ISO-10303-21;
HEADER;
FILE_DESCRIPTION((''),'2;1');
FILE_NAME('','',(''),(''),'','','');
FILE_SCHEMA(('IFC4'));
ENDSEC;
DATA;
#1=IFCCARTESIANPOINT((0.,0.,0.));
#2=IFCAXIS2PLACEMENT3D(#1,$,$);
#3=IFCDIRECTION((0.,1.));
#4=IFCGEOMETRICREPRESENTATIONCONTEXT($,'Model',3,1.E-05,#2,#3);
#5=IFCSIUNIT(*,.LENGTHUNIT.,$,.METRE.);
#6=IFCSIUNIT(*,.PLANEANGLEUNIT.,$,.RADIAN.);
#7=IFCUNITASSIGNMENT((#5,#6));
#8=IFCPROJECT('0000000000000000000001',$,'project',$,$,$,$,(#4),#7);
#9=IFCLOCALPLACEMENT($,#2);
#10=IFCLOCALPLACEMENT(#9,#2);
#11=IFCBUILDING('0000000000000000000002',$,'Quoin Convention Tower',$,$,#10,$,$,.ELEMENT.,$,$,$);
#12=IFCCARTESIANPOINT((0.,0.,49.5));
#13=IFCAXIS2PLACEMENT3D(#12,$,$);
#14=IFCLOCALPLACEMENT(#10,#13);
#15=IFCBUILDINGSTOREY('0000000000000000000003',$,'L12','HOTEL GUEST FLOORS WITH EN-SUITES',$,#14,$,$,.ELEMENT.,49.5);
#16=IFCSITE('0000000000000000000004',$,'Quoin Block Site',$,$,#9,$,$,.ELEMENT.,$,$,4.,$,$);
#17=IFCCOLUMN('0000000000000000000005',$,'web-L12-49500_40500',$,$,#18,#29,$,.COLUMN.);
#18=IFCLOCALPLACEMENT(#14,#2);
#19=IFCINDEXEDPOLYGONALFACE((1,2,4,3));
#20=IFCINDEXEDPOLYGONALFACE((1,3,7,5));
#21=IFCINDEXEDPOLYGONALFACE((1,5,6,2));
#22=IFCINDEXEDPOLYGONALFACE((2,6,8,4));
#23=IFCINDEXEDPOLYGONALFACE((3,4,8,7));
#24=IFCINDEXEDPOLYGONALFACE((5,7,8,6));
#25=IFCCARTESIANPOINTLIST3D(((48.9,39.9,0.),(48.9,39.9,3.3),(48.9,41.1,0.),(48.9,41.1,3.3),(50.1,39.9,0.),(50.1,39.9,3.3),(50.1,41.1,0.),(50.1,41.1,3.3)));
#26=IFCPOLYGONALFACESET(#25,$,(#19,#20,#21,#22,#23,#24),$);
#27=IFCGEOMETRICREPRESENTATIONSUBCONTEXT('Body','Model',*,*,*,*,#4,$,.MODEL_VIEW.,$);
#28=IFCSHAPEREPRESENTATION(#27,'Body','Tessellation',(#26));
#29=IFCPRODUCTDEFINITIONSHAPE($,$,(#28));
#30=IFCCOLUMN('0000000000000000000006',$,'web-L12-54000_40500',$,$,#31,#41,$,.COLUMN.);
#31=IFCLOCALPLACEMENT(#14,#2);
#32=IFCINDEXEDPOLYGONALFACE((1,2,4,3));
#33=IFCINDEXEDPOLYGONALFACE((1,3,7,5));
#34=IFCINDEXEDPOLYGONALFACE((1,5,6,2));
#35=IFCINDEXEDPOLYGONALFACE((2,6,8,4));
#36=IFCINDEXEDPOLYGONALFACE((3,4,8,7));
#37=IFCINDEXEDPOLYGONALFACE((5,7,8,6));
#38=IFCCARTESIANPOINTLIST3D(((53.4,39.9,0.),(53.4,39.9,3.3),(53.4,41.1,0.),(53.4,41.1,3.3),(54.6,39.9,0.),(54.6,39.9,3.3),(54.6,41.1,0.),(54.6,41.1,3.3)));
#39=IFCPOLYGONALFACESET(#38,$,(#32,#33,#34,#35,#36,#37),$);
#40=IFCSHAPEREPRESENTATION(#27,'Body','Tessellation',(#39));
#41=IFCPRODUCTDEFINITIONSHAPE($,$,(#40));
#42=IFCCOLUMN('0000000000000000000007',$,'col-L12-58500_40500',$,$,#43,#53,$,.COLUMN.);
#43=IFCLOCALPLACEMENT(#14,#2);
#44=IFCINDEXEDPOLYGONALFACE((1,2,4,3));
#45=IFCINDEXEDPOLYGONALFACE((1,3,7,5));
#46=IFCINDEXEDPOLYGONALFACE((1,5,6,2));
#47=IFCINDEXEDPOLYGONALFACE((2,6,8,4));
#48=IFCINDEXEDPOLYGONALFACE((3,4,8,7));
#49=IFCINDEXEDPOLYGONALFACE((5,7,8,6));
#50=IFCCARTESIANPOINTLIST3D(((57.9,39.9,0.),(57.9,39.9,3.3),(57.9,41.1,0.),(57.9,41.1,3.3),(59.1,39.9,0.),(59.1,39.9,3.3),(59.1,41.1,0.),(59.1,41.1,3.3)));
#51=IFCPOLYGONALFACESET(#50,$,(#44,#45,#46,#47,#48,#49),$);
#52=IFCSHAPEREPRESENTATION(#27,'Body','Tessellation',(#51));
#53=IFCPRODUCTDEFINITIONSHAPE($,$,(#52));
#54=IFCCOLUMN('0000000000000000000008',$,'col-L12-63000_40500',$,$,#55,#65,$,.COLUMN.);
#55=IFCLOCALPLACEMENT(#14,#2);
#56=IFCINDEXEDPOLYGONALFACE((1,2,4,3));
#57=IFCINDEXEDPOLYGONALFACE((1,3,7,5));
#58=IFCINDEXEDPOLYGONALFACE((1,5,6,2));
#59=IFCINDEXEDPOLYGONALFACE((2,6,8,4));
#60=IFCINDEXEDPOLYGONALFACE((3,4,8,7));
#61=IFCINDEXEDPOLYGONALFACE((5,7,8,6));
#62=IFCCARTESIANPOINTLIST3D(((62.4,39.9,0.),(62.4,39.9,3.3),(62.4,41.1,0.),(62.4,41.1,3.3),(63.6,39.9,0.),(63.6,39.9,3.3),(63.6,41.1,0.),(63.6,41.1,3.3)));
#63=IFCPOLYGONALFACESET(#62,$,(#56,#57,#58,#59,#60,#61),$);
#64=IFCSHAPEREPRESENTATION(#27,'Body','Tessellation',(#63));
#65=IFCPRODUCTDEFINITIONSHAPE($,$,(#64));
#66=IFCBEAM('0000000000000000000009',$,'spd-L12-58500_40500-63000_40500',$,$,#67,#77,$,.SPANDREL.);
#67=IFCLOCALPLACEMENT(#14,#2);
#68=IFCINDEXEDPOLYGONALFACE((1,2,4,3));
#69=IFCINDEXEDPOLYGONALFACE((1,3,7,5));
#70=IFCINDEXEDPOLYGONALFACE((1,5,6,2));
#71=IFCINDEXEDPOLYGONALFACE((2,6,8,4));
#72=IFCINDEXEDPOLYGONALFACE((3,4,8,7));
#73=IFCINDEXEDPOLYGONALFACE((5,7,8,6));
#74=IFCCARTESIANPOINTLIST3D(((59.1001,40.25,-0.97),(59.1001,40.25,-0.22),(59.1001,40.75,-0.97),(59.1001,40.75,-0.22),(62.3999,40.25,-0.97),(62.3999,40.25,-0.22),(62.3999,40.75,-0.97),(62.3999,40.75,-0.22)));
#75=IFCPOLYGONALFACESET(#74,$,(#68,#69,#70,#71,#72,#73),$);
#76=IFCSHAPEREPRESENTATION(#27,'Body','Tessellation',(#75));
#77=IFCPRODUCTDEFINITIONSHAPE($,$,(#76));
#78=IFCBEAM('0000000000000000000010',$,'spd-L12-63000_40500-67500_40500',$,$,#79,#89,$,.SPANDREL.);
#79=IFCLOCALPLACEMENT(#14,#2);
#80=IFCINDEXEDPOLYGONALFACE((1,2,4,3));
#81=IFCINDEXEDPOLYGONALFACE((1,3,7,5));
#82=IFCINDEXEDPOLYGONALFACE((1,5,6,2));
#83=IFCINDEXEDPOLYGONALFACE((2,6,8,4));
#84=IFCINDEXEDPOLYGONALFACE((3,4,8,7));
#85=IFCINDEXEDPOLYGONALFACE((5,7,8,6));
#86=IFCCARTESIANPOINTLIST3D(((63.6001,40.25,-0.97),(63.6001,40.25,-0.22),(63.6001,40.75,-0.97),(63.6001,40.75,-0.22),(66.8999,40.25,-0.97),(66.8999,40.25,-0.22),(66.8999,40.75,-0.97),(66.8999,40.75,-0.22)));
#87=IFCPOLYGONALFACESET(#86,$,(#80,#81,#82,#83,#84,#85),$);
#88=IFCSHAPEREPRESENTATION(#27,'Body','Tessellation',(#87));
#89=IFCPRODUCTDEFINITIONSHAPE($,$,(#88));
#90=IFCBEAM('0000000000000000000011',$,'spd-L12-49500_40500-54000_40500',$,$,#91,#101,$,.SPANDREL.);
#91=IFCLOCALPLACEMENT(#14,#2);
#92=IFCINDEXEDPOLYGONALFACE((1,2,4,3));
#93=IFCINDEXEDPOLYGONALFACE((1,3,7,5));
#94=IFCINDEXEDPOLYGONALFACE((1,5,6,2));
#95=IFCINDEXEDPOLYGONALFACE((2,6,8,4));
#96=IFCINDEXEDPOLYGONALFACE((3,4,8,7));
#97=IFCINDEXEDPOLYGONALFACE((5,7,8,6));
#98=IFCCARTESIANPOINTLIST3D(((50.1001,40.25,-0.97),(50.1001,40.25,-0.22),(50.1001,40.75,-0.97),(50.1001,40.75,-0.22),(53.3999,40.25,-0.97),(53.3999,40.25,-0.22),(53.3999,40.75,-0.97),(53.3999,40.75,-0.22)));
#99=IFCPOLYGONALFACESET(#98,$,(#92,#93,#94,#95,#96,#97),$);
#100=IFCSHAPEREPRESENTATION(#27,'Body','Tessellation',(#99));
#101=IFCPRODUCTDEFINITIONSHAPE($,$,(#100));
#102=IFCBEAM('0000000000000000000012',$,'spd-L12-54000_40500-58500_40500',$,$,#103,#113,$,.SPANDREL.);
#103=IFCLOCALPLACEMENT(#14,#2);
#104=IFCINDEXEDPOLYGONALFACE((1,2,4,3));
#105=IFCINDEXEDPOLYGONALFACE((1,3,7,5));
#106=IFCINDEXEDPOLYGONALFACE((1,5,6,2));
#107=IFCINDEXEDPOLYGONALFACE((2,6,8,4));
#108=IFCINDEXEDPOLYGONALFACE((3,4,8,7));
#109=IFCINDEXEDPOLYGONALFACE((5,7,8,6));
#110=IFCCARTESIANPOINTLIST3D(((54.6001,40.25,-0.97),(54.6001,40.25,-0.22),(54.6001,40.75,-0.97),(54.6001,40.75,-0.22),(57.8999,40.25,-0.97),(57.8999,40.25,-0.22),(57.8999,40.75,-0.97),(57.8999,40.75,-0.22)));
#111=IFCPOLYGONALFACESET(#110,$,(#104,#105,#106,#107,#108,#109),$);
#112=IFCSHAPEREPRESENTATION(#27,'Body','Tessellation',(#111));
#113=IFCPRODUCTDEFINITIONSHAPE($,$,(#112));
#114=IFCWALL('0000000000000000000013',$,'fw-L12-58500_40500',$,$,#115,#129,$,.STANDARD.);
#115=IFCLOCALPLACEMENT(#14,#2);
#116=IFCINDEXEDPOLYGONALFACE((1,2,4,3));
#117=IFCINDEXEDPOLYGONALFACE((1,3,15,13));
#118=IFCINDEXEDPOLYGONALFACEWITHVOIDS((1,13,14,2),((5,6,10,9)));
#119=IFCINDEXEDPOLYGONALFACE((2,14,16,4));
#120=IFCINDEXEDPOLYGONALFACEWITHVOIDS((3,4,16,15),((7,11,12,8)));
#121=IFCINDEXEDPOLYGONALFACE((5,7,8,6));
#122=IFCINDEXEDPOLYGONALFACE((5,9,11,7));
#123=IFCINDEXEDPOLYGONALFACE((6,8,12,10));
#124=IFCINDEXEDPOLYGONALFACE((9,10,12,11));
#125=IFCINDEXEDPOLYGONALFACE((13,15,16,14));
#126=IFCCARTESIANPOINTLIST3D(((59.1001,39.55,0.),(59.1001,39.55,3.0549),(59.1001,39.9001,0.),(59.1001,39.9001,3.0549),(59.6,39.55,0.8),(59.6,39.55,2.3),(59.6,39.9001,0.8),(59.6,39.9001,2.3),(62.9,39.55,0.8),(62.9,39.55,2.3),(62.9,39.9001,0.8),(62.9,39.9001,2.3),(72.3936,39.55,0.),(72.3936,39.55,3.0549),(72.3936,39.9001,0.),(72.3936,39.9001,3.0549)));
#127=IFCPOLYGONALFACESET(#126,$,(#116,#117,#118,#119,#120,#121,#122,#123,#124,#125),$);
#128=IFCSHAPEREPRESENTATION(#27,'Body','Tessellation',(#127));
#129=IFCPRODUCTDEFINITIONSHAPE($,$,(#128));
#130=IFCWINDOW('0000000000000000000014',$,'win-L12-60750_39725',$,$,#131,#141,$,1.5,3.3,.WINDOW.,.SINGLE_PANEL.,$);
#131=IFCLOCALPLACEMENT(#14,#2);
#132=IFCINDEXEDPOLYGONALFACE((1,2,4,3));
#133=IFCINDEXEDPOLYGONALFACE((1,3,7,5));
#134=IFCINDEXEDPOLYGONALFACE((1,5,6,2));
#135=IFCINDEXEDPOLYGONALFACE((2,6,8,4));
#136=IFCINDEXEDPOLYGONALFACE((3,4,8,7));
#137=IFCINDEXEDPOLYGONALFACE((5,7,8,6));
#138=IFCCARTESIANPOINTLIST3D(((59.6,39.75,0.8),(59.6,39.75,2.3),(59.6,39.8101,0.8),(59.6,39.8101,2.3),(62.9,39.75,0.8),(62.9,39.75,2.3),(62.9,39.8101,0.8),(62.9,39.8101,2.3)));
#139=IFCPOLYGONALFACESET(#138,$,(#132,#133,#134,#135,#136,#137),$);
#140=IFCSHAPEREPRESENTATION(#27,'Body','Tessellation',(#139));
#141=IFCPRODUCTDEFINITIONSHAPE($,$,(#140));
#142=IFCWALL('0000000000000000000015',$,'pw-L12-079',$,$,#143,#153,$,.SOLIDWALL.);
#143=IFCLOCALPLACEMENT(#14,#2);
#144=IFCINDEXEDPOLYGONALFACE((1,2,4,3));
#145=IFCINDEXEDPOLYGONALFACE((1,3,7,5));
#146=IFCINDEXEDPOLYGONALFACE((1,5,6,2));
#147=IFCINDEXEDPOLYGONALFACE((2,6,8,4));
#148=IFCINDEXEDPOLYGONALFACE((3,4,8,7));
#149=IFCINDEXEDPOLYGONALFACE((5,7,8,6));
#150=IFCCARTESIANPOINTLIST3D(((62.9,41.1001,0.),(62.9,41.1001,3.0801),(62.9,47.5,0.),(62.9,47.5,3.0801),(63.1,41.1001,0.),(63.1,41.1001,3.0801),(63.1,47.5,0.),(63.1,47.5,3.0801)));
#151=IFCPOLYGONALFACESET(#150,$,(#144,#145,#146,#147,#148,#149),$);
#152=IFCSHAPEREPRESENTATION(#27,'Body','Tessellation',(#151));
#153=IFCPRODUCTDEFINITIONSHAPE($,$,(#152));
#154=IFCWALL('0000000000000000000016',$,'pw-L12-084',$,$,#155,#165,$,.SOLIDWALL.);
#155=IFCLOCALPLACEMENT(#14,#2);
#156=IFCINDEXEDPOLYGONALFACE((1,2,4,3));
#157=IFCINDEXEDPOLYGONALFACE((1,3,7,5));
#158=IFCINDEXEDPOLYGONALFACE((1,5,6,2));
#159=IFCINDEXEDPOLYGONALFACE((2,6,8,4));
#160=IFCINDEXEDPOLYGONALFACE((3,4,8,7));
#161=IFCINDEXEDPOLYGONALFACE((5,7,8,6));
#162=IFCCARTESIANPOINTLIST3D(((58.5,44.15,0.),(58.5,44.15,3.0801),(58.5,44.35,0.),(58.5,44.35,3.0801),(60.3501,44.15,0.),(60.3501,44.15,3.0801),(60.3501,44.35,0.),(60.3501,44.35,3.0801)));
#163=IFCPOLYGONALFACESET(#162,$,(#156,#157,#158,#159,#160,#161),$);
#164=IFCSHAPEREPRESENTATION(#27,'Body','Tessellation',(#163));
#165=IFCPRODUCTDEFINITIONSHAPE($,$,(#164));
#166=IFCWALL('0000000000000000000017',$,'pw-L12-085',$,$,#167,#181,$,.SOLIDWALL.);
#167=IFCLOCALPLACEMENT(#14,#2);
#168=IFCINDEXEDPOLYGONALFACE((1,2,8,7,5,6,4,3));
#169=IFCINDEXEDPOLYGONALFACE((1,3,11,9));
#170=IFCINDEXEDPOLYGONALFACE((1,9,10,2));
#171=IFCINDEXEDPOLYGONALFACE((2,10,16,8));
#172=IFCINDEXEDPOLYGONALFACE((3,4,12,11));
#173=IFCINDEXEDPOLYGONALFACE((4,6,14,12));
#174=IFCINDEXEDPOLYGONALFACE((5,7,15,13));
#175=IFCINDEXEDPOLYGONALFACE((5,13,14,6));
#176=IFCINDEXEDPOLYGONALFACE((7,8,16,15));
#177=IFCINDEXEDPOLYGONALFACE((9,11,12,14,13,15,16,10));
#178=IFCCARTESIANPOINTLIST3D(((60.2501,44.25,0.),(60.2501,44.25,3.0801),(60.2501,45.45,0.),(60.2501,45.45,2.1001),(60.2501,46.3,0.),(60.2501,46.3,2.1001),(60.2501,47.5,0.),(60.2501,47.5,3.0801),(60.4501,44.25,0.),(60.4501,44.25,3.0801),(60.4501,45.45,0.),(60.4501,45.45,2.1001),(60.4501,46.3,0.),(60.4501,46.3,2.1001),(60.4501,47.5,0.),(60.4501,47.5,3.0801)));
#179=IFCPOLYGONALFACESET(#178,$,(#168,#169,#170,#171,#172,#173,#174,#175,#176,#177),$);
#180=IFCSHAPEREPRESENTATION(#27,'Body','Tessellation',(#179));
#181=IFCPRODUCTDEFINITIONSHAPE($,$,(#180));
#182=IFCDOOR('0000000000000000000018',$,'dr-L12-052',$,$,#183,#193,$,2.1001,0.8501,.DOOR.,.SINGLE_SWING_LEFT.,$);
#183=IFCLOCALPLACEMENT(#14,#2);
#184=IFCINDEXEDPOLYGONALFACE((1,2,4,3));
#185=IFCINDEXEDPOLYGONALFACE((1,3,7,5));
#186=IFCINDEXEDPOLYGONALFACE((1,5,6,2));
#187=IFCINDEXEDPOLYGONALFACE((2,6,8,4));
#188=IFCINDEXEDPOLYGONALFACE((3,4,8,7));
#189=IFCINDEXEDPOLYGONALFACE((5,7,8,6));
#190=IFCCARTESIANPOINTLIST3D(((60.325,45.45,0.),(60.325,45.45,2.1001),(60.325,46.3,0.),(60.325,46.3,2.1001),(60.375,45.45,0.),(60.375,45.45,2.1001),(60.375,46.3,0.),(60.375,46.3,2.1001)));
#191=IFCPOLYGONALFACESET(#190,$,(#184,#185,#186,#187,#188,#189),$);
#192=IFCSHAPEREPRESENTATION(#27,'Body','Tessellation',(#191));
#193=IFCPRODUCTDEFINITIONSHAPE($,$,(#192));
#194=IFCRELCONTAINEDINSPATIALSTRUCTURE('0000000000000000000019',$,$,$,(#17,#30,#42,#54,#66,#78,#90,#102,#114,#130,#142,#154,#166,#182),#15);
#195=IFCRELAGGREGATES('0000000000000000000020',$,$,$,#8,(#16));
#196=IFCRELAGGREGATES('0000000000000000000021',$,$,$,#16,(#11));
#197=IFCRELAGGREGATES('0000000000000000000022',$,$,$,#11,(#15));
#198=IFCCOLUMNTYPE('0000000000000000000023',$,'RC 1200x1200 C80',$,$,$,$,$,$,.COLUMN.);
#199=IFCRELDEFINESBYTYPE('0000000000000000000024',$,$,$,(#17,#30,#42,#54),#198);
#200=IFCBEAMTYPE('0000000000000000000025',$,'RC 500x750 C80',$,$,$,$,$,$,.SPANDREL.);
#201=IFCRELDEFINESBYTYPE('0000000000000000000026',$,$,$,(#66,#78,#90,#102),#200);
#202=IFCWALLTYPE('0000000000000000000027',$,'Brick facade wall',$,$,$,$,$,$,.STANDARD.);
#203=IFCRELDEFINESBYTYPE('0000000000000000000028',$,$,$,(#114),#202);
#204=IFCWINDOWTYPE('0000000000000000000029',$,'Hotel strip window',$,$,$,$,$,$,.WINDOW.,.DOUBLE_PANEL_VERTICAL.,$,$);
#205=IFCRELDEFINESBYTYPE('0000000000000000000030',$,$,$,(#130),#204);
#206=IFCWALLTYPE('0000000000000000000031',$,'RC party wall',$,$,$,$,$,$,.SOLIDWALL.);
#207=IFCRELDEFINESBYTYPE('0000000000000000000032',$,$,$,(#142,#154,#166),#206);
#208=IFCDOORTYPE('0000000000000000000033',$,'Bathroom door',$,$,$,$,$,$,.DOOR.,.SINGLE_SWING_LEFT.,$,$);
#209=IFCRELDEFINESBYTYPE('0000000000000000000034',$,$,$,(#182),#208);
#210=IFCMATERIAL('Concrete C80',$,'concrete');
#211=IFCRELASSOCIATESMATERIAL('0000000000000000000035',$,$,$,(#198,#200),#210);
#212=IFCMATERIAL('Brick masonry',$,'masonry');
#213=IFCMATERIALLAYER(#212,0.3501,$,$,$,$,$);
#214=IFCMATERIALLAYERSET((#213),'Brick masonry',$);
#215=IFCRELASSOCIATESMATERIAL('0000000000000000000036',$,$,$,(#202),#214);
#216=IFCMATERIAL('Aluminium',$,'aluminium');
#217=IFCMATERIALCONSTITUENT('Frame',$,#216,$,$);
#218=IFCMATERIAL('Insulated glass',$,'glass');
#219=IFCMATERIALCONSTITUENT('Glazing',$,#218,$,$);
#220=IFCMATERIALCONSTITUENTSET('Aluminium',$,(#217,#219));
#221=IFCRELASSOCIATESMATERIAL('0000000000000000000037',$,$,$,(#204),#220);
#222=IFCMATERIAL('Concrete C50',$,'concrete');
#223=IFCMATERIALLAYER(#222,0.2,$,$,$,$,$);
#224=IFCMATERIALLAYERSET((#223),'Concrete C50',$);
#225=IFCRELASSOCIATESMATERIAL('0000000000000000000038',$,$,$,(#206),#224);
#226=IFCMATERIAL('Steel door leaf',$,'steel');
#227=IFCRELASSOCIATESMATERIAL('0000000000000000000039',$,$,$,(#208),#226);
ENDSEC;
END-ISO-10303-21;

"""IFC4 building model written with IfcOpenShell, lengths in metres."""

from ifc_helpers import new_model, si_unit, direction, frame, frame_2d, origin, origin_2d, place, context, subcontext, project, spatial, rectangle, extrude, material, layer, layer_set, constituent, constituent_set, material_profile, profile_set, type_object, element, fill, save


model = new_model("IFC4")

# Units and contexts
model_context = context("Model", 3, precision=1e-05, world=origin(), true_north=direction((0.0, 1.0)))
body_context = subcontext(model_context, "Body", "Model", "MODEL_VIEW")
ifc_project = project(units=[si_unit("LENGTHUNIT", "METRE"), si_unit("PLANEANGLEUNIT", "RADIAN")], contexts=[model_context])

# Site, building, storey
site_placement = place(None, origin())
site = spatial("IfcSite", under=ifc_project, at=site_placement, Name="Quoin Block Site", CompositionType="ELEMENT", RefElevation=4.0)
building_placement = place(site_placement, origin())
building = spatial("IfcBuilding", under=site, at=building_placement, Name="Quoin Convention Tower", CompositionType="ELEMENT")
storey_placement = place(building_placement, frame((0.0, 0.0, 49.5)))
storey = spatial("IfcBuildingStorey", under=building, at=storey_placement, Name="L12", Description="HOTEL GUEST FLOORS WITH EN-SUITES", CompositionType="ELEMENT", Elevation=49.5)

# Columns
ifc_material_1 = material(Name="Concrete C80", Category="concrete")
ifc_material_profile_1 = material_profile(ifc_material_1, rectangle(XDim=1.2, YDim=1.2, at=origin_2d()), Name="RC 1200x1200")
ifc_profile_set_1 = profile_set([ifc_material_profile_1], Name="Concrete C80")
column_type = type_object("IfcColumnType", Name="RC 1200x1200 C80", PredefinedType="COLUMN", material=ifc_profile_set_1)
for number, where, z_axis, x_axis, name in (
    (1, (49.5, 40.5, 0.0), (0.0, 0.0, 1.0), (1.0, 0.0, 0.0), "web-L12-49500_40500"),
    (2, (54.0, 40.5, 0.0), (0.0, 0.0, 1.0), (1.0, 0.0, 0.0), "web-L12-54000_40500"),
    (3, (58.5, 40.5, 0.0), (0.0, 0.0, 1.0), (1.0, 0.0, 0.0), "col-L12-58500_40500"),
    (4, (63.0, 40.5, 0.0), (0.0, 0.0, 1.0), (1.0, 0.0, 0.0), "col-L12-63000_40500"),
):
    element("IfcColumn", number, at=place(storey_placement, frame(where, z_axis=z_axis, x_axis=x_axis)), inside=storey, type_object=column_type, Name=name, PredefinedType="COLUMN", context=body_context, shape_type="SweptSolid", body=[
        extrude(rectangle(XDim=1.2, YDim=1.2, at=origin_2d()), origin(), (0.0, 0.0, 1.0), 3.3),
    ])

# Beams
ifc_material_profile_2 = material_profile(ifc_material_1, rectangle(XDim=0.5, YDim=0.75, at=origin_2d()), Name="RC 500x750")
ifc_profile_set_2 = profile_set([ifc_material_profile_2], Name="Concrete C80")
beam_type = type_object("IfcBeamType", Name="RC 500x750 C80", PredefinedType="SPANDREL", material=ifc_profile_set_2)
for number, where, z_axis, x_axis, name in (
    (5, (59.1001, 40.5, -0.595), (1.0, 0.0, 0.0), (0.0, 1.0, 0.0), "spd-L12-58500_40500-63000_40500"),
    (6, (63.6001, 40.5, -0.595), (1.0, 0.0, 0.0), (0.0, 1.0, 0.0), "spd-L12-63000_40500-67500_40500"),
    (7, (50.1001, 40.5, -0.595), (1.0, 0.0, 0.0), (0.0, 1.0, 0.0), "spd-L12-49500_40500-54000_40500"),
    (8, (54.6001, 40.5, -0.595), (1.0, 0.0, 0.0), (0.0, 1.0, 0.0), "spd-L12-54000_40500-58500_40500"),
):
    element("IfcBeam", number, at=place(storey_placement, frame(where, z_axis=z_axis, x_axis=x_axis)), inside=storey, type_object=beam_type, Name=name, PredefinedType="SPANDREL", context=body_context, shape_type="SweptSolid", body=[
        extrude(rectangle(XDim=0.5, YDim=0.75, at=origin_2d()), origin(), (0.0, 0.0, 1.0), 3.2998),
    ])

# Wall, opening, window
ifc_material_2 = material(Name="Brick masonry", Category="masonry")
ifc_layer_1 = layer(ifc_material_2, 0.3501)
ifc_layer_set_1 = layer_set([ifc_layer_1], Name="Brick masonry")
wall_type_1 = type_object("IfcWallType", Name="Brick facade wall", PredefinedType="STANDARD", material=ifc_layer_set_1)
wall_1_placement = place(storey_placement, frame((59.1001, 39.7251, 0.0), z_axis=(0.0, 0.0, 1.0), x_axis=(1.0, 0.0, 0.0)))
wall_1 = element("IfcWall", 9, at=wall_1_placement, inside=storey, type_object=wall_type_1, Name="fw-L12-58500_40500", PredefinedType="STANDARD", context=body_context, shape_type="SweptSolid", body=[
    extrude(rectangle(XDim=13.2935, YDim=0.3501, at=frame_2d((6.6467, 0.0))), origin(), (0.0, 0.0, 1.0), 3.0549),
])
opening_1_placement = place(wall_1_placement, frame((0.5, 0.0, 0.8)))
opening_1 = element("IfcOpeningElement", 10, at=opening_1_placement, cuts=wall_1, PredefinedType="OPENING", context=body_context, shape_type="SweptSolid", body=[
    extrude(rectangle(XDim=3.3, YDim=1.5, at=frame_2d((1.6499, 0.75))), frame((0.0, 0.1851, 0.0), z_axis=(0.0, -1.0, 0.0), x_axis=(1.0, 0.0, 0.0)), (0.0, 0.0, 1.0), 0.3701),
])
ifc_material_3 = material(Name="Aluminium", Category="aluminium")
ifc_constituent_1 = constituent(ifc_material_3, Name="Frame")
ifc_material_4 = material(Name="Insulated glass", Category="glass")
ifc_constituent_2 = constituent(ifc_material_4, Name="Glazing")
ifc_constituent_set = constituent_set(constituents=[ifc_constituent_1, ifc_constituent_2], Name="Aluminium")
window_type = type_object("IfcWindowType", Name="Hotel strip window", PartitioningType="DOUBLE_PANEL_VERTICAL", PredefinedType="WINDOW", material=ifc_constituent_set)
window_placement = place(opening_1_placement, origin())
window = element("IfcWindow", 11, at=window_placement, inside=storey, type_object=window_type, Name="win-L12-60750_39725", OverallHeight=1.5, OverallWidth=3.3, PartitioningType="SINGLE_PANEL", PredefinedType="WINDOW", context=body_context, shape_type="SweptSolid", body=[
    extrude(rectangle(XDim=3.3, YDim=1.5, at=frame_2d((1.6499, 0.75))), frame((0.0, 0.085, 0.0), z_axis=(0.0, -1.0, 0.0), x_axis=(1.0, 0.0, 0.0)), (0.0, 0.0, 1.0), 0.0601),
])
fill(opening_1, window)

# Walls
ifc_material_5 = material(Name="Concrete C50", Category="concrete")
ifc_layer_2 = layer(ifc_material_5, 0.2)
ifc_layer_set_2 = layer_set([ifc_layer_2], Name="Concrete C50")
wall_type_2 = type_object("IfcWallType", Name="RC party wall", PredefinedType="SOLIDWALL", material=ifc_layer_set_2)
wall_2_placement = place(storey_placement, frame((63.0, 41.1001, 0.0), z_axis=(0.0, 0.0, 1.0), x_axis=(0.0, 1.0, 0.0)))
element("IfcWall", 12, at=wall_2_placement, inside=storey, type_object=wall_type_2, Name="pw-L12-079", PredefinedType="SOLIDWALL", context=body_context, shape_type="SweptSolid", body=[
    extrude(rectangle(XDim=6.3999, YDim=0.2, at=frame_2d((3.2, 0.0))), origin(), (0.0, 0.0, 1.0), 3.0801),
])
wall_3_placement = place(storey_placement, frame((58.5, 44.25, 0.0), z_axis=(0.0, 0.0, 1.0), x_axis=(1.0, 0.0, 0.0)))
element("IfcWall", 13, at=wall_3_placement, inside=storey, type_object=wall_type_2, Name="pw-L12-084", PredefinedType="SOLIDWALL", context=body_context, shape_type="SweptSolid", body=[
    extrude(rectangle(XDim=1.8501, YDim=0.2, at=frame_2d((0.925, 0.0))), origin(), (0.0, 0.0, 1.0), 3.0801),
])

# Wall, opening, door
wall_4_placement = place(storey_placement, frame((60.3501, 44.25, 0.0), z_axis=(0.0, 0.0, 1.0), x_axis=(0.0, 1.0, 0.0)))
wall_4 = element("IfcWall", 14, at=wall_4_placement, inside=storey, type_object=wall_type_2, Name="pw-L12-085", PredefinedType="SOLIDWALL", context=body_context, shape_type="SweptSolid", body=[
    extrude(rectangle(XDim=3.25, YDim=0.2, at=frame_2d((1.625, 0.0))), origin(), (0.0, 0.0, 1.0), 3.0801),
])
opening_2_placement = place(wall_4_placement, frame((1.2, 0.0, 0.0)))
opening_2 = element("IfcOpeningElement", 15, at=opening_2_placement, cuts=wall_4, PredefinedType="OPENING", context=body_context, shape_type="SweptSolid", body=[
    extrude(rectangle(XDim=0.8501, YDim=2.1001, at=frame_2d((0.425, 1.05))), frame((0.0, 0.1099, 0.0), z_axis=(0.0, -1.0, 0.0), x_axis=(1.0, 0.0, 0.0)), (0.0, 0.0, 1.0), 0.22),
])
ifc_material_6 = material(Name="Steel door leaf", Category="steel")
door_type = type_object("IfcDoorType", Name="Bathroom door", OperationType="SINGLE_SWING_LEFT", PredefinedType="DOOR", material=ifc_material_6)
door_placement = place(opening_2_placement, frame((0.8501, 0.0, 0.0), z_axis=(0.0, 0.0, 1.0), x_axis=(-1.0, 0.0, 0.0)))
door = element("IfcDoor", 16, at=door_placement, inside=storey, type_object=door_type, Name="dr-L12-052", OperationType="SINGLE_SWING_LEFT", OverallHeight=2.1001, OverallWidth=0.8501, PredefinedType="DOOR", context=body_context, shape_type="SweptSolid", body=[
    extrude(rectangle(XDim=0.8501, YDim=2.1001, at=frame_2d((0.425, 1.05))), frame((0.0, 0.0249, 0.0), z_axis=(0.0, -1.0, 0.0), x_axis=(1.0, 0.0, 0.0)), (0.0, 0.0, 1.0), 0.05),
])
fill(opening_2, door)

save(model, "model.ifc")
